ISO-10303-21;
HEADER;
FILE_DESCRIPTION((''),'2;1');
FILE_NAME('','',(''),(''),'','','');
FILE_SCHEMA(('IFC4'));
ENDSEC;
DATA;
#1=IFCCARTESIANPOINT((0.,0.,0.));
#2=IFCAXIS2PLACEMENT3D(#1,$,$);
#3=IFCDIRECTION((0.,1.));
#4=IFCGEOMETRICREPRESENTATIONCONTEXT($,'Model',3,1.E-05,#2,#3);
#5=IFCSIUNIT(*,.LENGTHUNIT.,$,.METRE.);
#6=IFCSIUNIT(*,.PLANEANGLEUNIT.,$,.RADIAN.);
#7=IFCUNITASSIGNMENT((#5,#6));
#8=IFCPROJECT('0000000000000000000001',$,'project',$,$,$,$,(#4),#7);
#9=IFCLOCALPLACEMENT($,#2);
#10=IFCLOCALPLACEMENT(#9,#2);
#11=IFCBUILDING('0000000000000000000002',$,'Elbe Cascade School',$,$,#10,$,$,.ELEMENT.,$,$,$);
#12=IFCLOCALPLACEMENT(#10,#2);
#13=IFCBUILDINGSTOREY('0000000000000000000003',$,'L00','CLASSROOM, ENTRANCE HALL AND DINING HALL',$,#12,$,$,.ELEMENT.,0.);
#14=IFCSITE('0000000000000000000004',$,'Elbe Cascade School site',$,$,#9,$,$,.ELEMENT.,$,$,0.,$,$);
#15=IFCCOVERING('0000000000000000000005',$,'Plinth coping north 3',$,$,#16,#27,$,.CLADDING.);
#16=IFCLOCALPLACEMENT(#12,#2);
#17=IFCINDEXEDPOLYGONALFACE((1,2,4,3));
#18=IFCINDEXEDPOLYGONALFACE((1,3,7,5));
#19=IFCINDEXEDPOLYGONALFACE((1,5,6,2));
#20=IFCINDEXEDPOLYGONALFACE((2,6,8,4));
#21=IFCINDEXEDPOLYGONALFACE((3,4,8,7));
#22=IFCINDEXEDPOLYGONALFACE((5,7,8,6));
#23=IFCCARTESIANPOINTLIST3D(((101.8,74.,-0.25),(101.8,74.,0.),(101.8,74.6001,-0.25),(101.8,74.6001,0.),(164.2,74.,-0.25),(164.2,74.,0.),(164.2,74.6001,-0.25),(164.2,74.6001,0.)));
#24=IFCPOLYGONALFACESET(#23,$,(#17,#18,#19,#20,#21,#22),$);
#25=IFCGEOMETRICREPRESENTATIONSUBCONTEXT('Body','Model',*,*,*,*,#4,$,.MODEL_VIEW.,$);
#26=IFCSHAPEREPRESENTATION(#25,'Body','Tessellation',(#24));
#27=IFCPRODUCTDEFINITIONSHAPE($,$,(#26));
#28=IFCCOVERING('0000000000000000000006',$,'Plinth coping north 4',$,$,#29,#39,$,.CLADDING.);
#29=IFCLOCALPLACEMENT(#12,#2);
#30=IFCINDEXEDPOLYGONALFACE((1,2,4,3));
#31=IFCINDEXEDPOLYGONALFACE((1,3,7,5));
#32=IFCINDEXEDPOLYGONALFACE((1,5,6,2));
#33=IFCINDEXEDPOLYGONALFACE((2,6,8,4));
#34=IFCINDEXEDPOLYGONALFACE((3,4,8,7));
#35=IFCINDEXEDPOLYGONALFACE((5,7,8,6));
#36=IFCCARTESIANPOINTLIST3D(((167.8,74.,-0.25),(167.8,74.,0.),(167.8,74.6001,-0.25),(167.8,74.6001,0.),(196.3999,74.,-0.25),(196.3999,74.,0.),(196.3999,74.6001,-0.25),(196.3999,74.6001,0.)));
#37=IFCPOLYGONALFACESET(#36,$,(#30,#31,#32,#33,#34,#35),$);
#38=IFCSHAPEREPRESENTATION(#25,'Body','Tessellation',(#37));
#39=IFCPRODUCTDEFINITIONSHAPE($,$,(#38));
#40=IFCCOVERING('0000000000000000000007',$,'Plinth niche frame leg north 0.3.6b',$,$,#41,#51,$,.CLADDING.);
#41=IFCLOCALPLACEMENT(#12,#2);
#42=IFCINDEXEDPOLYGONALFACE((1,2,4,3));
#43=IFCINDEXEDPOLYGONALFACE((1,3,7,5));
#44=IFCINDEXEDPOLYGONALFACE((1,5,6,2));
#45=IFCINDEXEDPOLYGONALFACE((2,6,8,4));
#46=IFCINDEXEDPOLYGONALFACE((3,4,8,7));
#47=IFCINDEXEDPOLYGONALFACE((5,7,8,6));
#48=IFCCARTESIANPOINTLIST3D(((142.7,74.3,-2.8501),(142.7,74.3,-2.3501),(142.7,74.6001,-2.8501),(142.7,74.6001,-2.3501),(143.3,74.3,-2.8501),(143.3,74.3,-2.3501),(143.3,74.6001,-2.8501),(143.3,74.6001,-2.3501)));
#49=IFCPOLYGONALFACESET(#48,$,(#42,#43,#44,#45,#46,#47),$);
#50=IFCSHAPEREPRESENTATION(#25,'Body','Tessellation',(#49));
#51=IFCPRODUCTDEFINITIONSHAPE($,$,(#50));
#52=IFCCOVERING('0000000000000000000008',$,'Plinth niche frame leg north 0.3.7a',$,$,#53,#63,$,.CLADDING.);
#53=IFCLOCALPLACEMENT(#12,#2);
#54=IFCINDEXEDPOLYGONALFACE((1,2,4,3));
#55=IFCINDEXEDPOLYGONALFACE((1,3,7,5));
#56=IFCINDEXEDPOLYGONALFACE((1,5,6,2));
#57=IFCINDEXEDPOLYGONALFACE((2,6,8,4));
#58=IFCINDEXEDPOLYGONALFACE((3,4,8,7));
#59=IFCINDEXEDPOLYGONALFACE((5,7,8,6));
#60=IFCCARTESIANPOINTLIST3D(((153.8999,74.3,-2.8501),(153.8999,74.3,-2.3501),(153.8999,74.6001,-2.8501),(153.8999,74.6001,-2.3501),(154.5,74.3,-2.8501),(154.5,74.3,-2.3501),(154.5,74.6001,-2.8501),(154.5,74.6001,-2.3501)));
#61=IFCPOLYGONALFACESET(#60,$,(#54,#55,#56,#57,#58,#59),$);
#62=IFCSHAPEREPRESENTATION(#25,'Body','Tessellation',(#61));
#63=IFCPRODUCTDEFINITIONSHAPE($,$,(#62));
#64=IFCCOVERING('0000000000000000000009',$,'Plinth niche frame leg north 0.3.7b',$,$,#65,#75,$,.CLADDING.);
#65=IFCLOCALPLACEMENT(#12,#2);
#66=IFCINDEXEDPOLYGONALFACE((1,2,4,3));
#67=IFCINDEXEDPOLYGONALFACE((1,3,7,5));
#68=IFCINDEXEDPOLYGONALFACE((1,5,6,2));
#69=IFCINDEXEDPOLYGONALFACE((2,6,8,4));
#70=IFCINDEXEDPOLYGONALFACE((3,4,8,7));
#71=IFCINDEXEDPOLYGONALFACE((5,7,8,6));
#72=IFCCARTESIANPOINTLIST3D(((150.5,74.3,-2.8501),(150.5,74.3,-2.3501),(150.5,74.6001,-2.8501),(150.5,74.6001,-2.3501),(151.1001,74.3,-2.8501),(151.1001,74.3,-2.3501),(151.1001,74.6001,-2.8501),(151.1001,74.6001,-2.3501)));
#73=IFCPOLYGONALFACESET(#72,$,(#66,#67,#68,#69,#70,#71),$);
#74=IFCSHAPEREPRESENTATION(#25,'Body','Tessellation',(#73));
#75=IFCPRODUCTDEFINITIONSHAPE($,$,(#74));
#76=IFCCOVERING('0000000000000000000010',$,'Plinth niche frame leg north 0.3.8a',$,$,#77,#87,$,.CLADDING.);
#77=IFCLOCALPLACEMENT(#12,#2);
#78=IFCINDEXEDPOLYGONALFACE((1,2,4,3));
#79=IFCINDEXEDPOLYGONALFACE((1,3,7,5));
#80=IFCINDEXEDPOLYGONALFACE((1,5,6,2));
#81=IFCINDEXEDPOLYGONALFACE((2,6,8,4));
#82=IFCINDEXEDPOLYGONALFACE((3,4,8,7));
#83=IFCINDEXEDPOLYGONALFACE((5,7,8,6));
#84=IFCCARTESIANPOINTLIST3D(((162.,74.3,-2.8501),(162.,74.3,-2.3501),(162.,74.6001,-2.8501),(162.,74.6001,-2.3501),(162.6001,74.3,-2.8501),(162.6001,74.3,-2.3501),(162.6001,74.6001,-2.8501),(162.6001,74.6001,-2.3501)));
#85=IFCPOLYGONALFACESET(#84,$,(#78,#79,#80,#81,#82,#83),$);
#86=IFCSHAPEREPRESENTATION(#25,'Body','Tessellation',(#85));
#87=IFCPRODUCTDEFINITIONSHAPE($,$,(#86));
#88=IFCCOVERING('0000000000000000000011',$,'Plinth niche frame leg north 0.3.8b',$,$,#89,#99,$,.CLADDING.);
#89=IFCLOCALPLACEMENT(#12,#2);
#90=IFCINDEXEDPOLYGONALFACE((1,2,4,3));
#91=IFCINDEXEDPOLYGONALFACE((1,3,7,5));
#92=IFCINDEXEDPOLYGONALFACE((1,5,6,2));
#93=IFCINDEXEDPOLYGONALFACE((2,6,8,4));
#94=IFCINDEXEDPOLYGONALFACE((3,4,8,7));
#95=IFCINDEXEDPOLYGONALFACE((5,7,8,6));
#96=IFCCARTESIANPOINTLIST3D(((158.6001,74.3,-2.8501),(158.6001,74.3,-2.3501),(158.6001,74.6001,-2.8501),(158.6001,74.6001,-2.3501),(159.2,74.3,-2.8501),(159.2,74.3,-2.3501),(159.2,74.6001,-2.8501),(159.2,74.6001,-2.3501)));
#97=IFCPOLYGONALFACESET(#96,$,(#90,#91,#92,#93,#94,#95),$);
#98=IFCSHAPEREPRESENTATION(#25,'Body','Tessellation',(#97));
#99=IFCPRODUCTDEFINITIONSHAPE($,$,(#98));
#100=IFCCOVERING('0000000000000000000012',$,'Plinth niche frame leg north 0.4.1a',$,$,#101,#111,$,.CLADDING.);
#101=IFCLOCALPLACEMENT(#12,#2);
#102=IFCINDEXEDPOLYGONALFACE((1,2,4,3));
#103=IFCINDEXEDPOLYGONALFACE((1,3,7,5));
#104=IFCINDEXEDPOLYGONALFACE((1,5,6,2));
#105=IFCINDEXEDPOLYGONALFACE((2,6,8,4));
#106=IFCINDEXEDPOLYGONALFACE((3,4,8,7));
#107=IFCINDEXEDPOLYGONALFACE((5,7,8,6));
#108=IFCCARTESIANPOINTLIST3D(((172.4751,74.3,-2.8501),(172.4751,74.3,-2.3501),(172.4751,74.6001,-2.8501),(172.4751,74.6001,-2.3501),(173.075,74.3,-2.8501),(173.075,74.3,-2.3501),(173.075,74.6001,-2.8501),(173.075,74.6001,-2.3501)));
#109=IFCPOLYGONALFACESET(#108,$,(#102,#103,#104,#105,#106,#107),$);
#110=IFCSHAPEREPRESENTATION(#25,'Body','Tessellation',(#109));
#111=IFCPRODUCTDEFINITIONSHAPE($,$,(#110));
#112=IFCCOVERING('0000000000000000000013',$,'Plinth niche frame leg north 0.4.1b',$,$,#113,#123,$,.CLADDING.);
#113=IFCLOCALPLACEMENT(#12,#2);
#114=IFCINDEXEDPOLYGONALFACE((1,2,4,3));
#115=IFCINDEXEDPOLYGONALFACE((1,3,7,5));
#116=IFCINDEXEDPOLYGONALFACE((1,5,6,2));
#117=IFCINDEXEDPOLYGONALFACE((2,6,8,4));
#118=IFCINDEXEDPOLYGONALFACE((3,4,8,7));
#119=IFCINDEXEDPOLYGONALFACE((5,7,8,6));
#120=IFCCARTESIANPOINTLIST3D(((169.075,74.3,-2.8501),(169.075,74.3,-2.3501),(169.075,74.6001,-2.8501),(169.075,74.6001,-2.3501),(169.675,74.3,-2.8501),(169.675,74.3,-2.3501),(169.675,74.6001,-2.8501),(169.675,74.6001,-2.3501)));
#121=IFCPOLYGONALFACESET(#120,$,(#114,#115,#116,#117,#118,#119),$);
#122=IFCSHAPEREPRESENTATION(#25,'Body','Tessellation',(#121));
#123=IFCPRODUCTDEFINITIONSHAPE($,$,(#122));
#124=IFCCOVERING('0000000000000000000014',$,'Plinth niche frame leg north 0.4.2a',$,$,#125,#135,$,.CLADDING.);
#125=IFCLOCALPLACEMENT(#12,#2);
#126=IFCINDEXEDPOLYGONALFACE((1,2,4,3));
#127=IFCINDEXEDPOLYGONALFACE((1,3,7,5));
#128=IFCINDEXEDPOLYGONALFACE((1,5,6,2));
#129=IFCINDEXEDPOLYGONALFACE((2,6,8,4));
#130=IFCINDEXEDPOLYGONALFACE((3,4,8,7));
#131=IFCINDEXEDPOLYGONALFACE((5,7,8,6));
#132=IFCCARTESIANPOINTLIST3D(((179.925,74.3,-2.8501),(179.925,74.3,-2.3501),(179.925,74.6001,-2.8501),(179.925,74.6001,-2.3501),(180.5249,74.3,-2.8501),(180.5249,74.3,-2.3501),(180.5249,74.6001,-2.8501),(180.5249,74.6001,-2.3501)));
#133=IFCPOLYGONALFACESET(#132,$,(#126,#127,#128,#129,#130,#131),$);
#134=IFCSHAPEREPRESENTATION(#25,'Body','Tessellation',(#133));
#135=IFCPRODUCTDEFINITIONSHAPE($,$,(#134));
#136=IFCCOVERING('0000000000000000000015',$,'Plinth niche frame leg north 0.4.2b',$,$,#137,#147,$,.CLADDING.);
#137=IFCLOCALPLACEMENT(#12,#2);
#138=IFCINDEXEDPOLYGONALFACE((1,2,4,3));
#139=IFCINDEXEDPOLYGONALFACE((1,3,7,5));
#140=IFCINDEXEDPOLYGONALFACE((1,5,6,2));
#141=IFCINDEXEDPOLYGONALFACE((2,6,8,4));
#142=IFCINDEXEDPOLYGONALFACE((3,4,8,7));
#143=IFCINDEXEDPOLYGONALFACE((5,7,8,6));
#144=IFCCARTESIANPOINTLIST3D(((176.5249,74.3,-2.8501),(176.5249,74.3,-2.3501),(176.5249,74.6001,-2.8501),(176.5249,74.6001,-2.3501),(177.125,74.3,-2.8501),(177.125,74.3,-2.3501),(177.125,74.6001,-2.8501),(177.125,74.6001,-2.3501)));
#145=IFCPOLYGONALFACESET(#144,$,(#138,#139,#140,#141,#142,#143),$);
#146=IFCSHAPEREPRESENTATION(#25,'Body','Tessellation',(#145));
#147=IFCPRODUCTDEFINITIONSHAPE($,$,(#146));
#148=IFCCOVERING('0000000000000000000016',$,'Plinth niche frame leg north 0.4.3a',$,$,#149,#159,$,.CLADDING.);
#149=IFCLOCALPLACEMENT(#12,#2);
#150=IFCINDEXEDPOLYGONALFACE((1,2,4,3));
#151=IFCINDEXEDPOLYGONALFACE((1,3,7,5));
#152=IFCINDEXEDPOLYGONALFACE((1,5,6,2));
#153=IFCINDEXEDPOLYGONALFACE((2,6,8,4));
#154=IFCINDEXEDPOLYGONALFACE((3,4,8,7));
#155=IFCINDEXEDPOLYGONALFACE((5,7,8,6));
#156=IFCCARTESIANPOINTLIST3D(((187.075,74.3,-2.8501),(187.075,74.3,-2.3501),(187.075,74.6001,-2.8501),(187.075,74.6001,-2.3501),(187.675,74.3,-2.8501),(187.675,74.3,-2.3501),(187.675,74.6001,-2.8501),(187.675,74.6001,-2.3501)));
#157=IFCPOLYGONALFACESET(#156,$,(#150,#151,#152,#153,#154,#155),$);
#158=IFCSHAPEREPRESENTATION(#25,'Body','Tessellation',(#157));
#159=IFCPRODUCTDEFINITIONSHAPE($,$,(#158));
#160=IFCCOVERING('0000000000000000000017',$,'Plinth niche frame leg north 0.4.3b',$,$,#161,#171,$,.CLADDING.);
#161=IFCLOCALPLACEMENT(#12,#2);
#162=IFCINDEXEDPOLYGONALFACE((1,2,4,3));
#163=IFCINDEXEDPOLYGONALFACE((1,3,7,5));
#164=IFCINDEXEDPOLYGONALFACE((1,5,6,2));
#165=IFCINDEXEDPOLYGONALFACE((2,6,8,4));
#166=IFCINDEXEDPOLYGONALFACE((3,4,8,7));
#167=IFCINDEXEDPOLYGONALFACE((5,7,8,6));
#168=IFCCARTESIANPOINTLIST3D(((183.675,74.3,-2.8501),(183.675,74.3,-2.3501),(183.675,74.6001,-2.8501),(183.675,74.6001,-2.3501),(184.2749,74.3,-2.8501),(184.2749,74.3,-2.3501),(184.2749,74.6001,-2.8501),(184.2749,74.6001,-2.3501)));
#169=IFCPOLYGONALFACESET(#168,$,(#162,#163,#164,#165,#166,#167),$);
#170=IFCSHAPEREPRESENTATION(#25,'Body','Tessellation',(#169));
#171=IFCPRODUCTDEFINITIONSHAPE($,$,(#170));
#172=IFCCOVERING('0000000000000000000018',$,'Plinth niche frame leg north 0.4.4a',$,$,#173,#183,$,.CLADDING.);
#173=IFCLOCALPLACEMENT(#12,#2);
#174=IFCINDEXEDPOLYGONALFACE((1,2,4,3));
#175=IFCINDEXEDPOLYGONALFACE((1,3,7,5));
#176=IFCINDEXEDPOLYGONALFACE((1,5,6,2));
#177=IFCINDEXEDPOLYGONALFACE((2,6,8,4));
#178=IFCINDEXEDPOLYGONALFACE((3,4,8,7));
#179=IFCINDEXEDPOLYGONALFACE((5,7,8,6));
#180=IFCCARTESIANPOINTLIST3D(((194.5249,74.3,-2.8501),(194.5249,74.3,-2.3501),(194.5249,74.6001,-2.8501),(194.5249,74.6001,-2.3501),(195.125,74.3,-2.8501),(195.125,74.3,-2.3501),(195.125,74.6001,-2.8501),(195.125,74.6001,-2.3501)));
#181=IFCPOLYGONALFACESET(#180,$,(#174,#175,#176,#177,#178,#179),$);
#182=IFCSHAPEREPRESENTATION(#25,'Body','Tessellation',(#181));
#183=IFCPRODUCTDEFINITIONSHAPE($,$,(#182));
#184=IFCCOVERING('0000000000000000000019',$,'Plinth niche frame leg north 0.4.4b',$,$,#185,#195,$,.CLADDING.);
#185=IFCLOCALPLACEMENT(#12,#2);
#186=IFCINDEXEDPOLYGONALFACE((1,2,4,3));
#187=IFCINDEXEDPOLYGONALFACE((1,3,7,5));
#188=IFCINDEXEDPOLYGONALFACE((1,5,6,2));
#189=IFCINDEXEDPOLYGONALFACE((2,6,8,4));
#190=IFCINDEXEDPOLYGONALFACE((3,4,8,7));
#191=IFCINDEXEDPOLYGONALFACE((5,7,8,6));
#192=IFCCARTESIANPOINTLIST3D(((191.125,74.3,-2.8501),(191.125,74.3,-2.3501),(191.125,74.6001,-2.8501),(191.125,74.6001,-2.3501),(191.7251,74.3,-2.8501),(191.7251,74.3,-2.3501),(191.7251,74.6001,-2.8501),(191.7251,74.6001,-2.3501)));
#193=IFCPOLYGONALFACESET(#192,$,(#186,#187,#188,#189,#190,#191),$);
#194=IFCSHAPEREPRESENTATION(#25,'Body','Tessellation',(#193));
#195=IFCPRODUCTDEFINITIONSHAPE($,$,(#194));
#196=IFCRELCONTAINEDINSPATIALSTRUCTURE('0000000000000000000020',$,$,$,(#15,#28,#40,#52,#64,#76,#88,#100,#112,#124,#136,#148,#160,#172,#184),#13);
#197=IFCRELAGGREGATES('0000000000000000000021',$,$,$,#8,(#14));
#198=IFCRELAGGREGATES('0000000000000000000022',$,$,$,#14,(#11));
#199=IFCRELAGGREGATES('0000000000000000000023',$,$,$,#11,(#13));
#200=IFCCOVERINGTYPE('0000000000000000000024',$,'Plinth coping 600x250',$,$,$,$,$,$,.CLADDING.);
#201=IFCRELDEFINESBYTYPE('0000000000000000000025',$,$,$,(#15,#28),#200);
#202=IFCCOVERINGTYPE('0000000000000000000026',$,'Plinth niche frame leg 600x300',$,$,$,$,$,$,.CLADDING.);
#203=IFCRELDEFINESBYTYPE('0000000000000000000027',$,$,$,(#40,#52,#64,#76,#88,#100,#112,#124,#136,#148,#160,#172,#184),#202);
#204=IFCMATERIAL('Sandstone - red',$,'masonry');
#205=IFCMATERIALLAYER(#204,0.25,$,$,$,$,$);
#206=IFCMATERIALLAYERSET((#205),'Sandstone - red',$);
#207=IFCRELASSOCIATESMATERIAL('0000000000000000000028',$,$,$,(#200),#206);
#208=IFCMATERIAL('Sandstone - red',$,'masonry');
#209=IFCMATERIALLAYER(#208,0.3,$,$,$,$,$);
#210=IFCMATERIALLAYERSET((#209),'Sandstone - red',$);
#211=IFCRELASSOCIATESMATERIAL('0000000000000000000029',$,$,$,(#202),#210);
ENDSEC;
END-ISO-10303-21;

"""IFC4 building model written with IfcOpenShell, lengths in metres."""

from ifc_helpers import new_model, si_unit, direction, frame, origin, place, context, subcontext, project, spatial, polyline, outline, extrude, material, layer, layer_set, type_object, element, save


model = new_model("IFC4")

# Units and contexts
model_context = context("Model", 3, precision=1e-05, world=origin(), true_north=direction((0.0, 1.0)))
body_context = subcontext(model_context, "Body", "Model", "MODEL_VIEW")
ifc_project = project(units=[si_unit("LENGTHUNIT", "METRE"), si_unit("PLANEANGLEUNIT", "RADIAN")], contexts=[model_context])

# Site, building, storey
site_placement = place(None, origin())
site = spatial("IfcSite", under=ifc_project, at=site_placement, Name="Elbe Cascade School site", CompositionType="ELEMENT", RefElevation=0.0)
building_placement = place(site_placement, origin())
building = spatial("IfcBuilding", under=site, at=building_placement, Name="Elbe Cascade School", CompositionType="ELEMENT")
storey_placement = place(building_placement, origin())
storey = spatial("IfcBuildingStorey", under=building, at=storey_placement, Name="L00", Description="CLASSROOM, ENTRANCE HALL AND DINING HALL", CompositionType="ELEMENT", Elevation=0.0)

# Coverings
ifc_material_1 = material(Name="Sandstone - red", Category="masonry")
ifc_layer_1 = layer(ifc_material_1, 0.25)
ifc_layer_set_1 = layer_set([ifc_layer_1], Name="Sandstone - red")
covering_type_1 = type_object("IfcCoveringType", Name="Plinth coping 600x250", PredefinedType="CLADDING", material=ifc_layer_set_1)
covering_1_placement = place(storey_placement, frame((0.0, 0.0, -0.25)))
element("IfcCovering", 1, at=covering_1_placement, inside=storey, type_object=covering_type_1, Name="Plinth coping north 3", PredefinedType="CLADDING", context=body_context, shape_type="SweptSolid", body=[
    extrude(outline(polyline([(101.8, 74.0), (164.2, 74.0), (164.2, 74.6001), (101.8, 74.6001), (101.8, 74.0)])), origin(), (0.0, 0.0, 1.0), 0.25),
])
covering_2_placement = place(storey_placement, frame((0.0, 0.0, -0.25)))
element("IfcCovering", 2, at=covering_2_placement, inside=storey, type_object=covering_type_1, Name="Plinth coping north 4", PredefinedType="CLADDING", context=body_context, shape_type="SweptSolid", body=[
    extrude(outline(polyline([(167.8, 74.0), (196.3999, 74.0), (196.3999, 74.6001), (167.8, 74.6001), (167.8, 74.0)])), origin(), (0.0, 0.0, 1.0), 0.25),
])
ifc_material_2 = material(Name="Sandstone - red", Category="masonry")
ifc_layer_2 = layer(ifc_material_2, 0.3)
ifc_layer_set_2 = layer_set([ifc_layer_2], Name="Sandstone - red")
covering_type_2 = type_object("IfcCoveringType", Name="Plinth niche frame leg 600x300", PredefinedType="CLADDING", material=ifc_layer_set_2)
covering_3_placement = place(storey_placement, frame((0.0, 0.0, -2.8501)))
element("IfcCovering", 3, at=covering_3_placement, inside=storey, type_object=covering_type_2, Name="Plinth niche frame leg north 0.3.6b", PredefinedType="CLADDING", context=body_context, shape_type="SweptSolid", body=[
    extrude(outline(polyline([(142.7, 74.3), (143.3, 74.3), (143.3, 74.6001), (142.7, 74.6001), (142.7, 74.3)])), origin(), (0.0, 0.0, 1.0), 0.5),
])
covering_4_placement = place(storey_placement, frame((0.0, 0.0, -2.8501)))
element("IfcCovering", 4, at=covering_4_placement, inside=storey, type_object=covering_type_2, Name="Plinth niche frame leg north 0.3.7a", PredefinedType="CLADDING", context=body_context, shape_type="SweptSolid", body=[
    extrude(outline(polyline([(153.8999, 74.3), (154.5, 74.3), (154.5, 74.6001), (153.8999, 74.6001), (153.8999, 74.3)])), origin(), (0.0, 0.0, 1.0), 0.5),
])
covering_5_placement = place(storey_placement, frame((0.0, 0.0, -2.8501)))
element("IfcCovering", 5, at=covering_5_placement, inside=storey, type_object=covering_type_2, Name="Plinth niche frame leg north 0.3.7b", PredefinedType="CLADDING", context=body_context, shape_type="SweptSolid", body=[
    extrude(outline(polyline([(150.5, 74.3), (151.1001, 74.3), (151.1001, 74.6001), (150.5, 74.6001), (150.5, 74.3)])), origin(), (0.0, 0.0, 1.0), 0.5),
])
covering_6_placement = place(storey_placement, frame((0.0, 0.0, -2.8501)))
element("IfcCovering", 6, at=covering_6_placement, inside=storey, type_object=covering_type_2, Name="Plinth niche frame leg north 0.3.8a", PredefinedType="CLADDING", context=body_context, shape_type="SweptSolid", body=[
    extrude(outline(polyline([(162.0, 74.3), (162.6001, 74.3), (162.6001, 74.6001), (162.0, 74.6001), (162.0, 74.3)])), origin(), (0.0, 0.0, 1.0), 0.5),
])
covering_7_placement = place(storey_placement, frame((0.0, 0.0, -2.8501)))
element("IfcCovering", 7, at=covering_7_placement, inside=storey, type_object=covering_type_2, Name="Plinth niche frame leg north 0.3.8b", PredefinedType="CLADDING", context=body_context, shape_type="SweptSolid", body=[
    extrude(outline(polyline([(158.6001, 74.3), (159.2, 74.3), (159.2, 74.6001), (158.6001, 74.6001), (158.6001, 74.3)])), origin(), (0.0, 0.0, 1.0), 0.5),
])
covering_8_placement = place(storey_placement, frame((0.0, 0.0, -2.8501)))
element("IfcCovering", 8, at=covering_8_placement, inside=storey, type_object=covering_type_2, Name="Plinth niche frame leg north 0.4.1a", PredefinedType="CLADDING", context=body_context, shape_type="SweptSolid", body=[
    extrude(outline(polyline([(172.4751, 74.3), (173.075, 74.3), (173.075, 74.6001), (172.4751, 74.6001), (172.4751, 74.3)])), origin(), (0.0, 0.0, 1.0), 0.5),
])
covering_9_placement = place(storey_placement, frame((0.0, 0.0, -2.8501)))
element("IfcCovering", 9, at=covering_9_placement, inside=storey, type_object=covering_type_2, Name="Plinth niche frame leg north 0.4.1b", PredefinedType="CLADDING", context=body_context, shape_type="SweptSolid", body=[
    extrude(outline(polyline([(169.075, 74.3), (169.675, 74.3), (169.675, 74.6001), (169.075, 74.6001), (169.075, 74.3)])), origin(), (0.0, 0.0, 1.0), 0.5),
])
covering_10_placement = place(storey_placement, frame((0.0, 0.0, -2.8501)))
element("IfcCovering", 10, at=covering_10_placement, inside=storey, type_object=covering_type_2, Name="Plinth niche frame leg north 0.4.2a", PredefinedType="CLADDING", context=body_context, shape_type="SweptSolid", body=[
    extrude(outline(polyline([(179.925, 74.3), (180.5249, 74.3), (180.5249, 74.6001), (179.925, 74.6001), (179.925, 74.3)])), origin(), (0.0, 0.0, 1.0), 0.5),
])
covering_11_placement = place(storey_placement, frame((0.0, 0.0, -2.8501)))
element("IfcCovering", 11, at=covering_11_placement, inside=storey, type_object=covering_type_2, Name="Plinth niche frame leg north 0.4.2b", PredefinedType="CLADDING", context=body_context, shape_type="SweptSolid", body=[
    extrude(outline(polyline([(176.5249, 74.3), (177.125, 74.3), (177.125, 74.6001), (176.5249, 74.6001), (176.5249, 74.3)])), origin(), (0.0, 0.0, 1.0), 0.5),
])
covering_12_placement = place(storey_placement, frame((0.0, 0.0, -2.8501)))
element("IfcCovering", 12, at=covering_12_placement, inside=storey, type_object=covering_type_2, Name="Plinth niche frame leg north 0.4.3a", PredefinedType="CLADDING", context=body_context, shape_type="SweptSolid", body=[
    extrude(outline(polyline([(187.075, 74.3), (187.675, 74.3), (187.675, 74.6001), (187.075, 74.6001), (187.075, 74.3)])), origin(), (0.0, 0.0, 1.0), 0.5),
])
covering_13_placement = place(storey_placement, frame((0.0, 0.0, -2.8501)))
element("IfcCovering", 13, at=covering_13_placement, inside=storey, type_object=covering_type_2, Name="Plinth niche frame leg north 0.4.3b", PredefinedType="CLADDING", context=body_context, shape_type="SweptSolid", body=[
    extrude(outline(polyline([(183.675, 74.3), (184.2749, 74.3), (184.2749, 74.6001), (183.675, 74.6001), (183.675, 74.3)])), origin(), (0.0, 0.0, 1.0), 0.5),
])
covering_14_placement = place(storey_placement, frame((0.0, 0.0, -2.8501)))
element("IfcCovering", 14, at=covering_14_placement, inside=storey, type_object=covering_type_2, Name="Plinth niche frame leg north 0.4.4a", PredefinedType="CLADDING", context=body_context, shape_type="SweptSolid", body=[
    extrude(outline(polyline([(194.5249, 74.3), (195.125, 74.3), (195.125, 74.6001), (194.5249, 74.6001), (194.5249, 74.3)])), origin(), (0.0, 0.0, 1.0), 0.5),
])
covering_15_placement = place(storey_placement, frame((0.0, 0.0, -2.8501)))
element("IfcCovering", 15, at=covering_15_placement, inside=storey, type_object=covering_type_2, Name="Plinth niche frame leg north 0.4.4b", PredefinedType="CLADDING", context=body_context, shape_type="SweptSolid", body=[
    extrude(outline(polyline([(191.125, 74.3), (191.7251, 74.3), (191.7251, 74.6001), (191.125, 74.6001), (191.125, 74.3)])), origin(), (0.0, 0.0, 1.0), 0.5),
])

save(model, "model.ifc")
